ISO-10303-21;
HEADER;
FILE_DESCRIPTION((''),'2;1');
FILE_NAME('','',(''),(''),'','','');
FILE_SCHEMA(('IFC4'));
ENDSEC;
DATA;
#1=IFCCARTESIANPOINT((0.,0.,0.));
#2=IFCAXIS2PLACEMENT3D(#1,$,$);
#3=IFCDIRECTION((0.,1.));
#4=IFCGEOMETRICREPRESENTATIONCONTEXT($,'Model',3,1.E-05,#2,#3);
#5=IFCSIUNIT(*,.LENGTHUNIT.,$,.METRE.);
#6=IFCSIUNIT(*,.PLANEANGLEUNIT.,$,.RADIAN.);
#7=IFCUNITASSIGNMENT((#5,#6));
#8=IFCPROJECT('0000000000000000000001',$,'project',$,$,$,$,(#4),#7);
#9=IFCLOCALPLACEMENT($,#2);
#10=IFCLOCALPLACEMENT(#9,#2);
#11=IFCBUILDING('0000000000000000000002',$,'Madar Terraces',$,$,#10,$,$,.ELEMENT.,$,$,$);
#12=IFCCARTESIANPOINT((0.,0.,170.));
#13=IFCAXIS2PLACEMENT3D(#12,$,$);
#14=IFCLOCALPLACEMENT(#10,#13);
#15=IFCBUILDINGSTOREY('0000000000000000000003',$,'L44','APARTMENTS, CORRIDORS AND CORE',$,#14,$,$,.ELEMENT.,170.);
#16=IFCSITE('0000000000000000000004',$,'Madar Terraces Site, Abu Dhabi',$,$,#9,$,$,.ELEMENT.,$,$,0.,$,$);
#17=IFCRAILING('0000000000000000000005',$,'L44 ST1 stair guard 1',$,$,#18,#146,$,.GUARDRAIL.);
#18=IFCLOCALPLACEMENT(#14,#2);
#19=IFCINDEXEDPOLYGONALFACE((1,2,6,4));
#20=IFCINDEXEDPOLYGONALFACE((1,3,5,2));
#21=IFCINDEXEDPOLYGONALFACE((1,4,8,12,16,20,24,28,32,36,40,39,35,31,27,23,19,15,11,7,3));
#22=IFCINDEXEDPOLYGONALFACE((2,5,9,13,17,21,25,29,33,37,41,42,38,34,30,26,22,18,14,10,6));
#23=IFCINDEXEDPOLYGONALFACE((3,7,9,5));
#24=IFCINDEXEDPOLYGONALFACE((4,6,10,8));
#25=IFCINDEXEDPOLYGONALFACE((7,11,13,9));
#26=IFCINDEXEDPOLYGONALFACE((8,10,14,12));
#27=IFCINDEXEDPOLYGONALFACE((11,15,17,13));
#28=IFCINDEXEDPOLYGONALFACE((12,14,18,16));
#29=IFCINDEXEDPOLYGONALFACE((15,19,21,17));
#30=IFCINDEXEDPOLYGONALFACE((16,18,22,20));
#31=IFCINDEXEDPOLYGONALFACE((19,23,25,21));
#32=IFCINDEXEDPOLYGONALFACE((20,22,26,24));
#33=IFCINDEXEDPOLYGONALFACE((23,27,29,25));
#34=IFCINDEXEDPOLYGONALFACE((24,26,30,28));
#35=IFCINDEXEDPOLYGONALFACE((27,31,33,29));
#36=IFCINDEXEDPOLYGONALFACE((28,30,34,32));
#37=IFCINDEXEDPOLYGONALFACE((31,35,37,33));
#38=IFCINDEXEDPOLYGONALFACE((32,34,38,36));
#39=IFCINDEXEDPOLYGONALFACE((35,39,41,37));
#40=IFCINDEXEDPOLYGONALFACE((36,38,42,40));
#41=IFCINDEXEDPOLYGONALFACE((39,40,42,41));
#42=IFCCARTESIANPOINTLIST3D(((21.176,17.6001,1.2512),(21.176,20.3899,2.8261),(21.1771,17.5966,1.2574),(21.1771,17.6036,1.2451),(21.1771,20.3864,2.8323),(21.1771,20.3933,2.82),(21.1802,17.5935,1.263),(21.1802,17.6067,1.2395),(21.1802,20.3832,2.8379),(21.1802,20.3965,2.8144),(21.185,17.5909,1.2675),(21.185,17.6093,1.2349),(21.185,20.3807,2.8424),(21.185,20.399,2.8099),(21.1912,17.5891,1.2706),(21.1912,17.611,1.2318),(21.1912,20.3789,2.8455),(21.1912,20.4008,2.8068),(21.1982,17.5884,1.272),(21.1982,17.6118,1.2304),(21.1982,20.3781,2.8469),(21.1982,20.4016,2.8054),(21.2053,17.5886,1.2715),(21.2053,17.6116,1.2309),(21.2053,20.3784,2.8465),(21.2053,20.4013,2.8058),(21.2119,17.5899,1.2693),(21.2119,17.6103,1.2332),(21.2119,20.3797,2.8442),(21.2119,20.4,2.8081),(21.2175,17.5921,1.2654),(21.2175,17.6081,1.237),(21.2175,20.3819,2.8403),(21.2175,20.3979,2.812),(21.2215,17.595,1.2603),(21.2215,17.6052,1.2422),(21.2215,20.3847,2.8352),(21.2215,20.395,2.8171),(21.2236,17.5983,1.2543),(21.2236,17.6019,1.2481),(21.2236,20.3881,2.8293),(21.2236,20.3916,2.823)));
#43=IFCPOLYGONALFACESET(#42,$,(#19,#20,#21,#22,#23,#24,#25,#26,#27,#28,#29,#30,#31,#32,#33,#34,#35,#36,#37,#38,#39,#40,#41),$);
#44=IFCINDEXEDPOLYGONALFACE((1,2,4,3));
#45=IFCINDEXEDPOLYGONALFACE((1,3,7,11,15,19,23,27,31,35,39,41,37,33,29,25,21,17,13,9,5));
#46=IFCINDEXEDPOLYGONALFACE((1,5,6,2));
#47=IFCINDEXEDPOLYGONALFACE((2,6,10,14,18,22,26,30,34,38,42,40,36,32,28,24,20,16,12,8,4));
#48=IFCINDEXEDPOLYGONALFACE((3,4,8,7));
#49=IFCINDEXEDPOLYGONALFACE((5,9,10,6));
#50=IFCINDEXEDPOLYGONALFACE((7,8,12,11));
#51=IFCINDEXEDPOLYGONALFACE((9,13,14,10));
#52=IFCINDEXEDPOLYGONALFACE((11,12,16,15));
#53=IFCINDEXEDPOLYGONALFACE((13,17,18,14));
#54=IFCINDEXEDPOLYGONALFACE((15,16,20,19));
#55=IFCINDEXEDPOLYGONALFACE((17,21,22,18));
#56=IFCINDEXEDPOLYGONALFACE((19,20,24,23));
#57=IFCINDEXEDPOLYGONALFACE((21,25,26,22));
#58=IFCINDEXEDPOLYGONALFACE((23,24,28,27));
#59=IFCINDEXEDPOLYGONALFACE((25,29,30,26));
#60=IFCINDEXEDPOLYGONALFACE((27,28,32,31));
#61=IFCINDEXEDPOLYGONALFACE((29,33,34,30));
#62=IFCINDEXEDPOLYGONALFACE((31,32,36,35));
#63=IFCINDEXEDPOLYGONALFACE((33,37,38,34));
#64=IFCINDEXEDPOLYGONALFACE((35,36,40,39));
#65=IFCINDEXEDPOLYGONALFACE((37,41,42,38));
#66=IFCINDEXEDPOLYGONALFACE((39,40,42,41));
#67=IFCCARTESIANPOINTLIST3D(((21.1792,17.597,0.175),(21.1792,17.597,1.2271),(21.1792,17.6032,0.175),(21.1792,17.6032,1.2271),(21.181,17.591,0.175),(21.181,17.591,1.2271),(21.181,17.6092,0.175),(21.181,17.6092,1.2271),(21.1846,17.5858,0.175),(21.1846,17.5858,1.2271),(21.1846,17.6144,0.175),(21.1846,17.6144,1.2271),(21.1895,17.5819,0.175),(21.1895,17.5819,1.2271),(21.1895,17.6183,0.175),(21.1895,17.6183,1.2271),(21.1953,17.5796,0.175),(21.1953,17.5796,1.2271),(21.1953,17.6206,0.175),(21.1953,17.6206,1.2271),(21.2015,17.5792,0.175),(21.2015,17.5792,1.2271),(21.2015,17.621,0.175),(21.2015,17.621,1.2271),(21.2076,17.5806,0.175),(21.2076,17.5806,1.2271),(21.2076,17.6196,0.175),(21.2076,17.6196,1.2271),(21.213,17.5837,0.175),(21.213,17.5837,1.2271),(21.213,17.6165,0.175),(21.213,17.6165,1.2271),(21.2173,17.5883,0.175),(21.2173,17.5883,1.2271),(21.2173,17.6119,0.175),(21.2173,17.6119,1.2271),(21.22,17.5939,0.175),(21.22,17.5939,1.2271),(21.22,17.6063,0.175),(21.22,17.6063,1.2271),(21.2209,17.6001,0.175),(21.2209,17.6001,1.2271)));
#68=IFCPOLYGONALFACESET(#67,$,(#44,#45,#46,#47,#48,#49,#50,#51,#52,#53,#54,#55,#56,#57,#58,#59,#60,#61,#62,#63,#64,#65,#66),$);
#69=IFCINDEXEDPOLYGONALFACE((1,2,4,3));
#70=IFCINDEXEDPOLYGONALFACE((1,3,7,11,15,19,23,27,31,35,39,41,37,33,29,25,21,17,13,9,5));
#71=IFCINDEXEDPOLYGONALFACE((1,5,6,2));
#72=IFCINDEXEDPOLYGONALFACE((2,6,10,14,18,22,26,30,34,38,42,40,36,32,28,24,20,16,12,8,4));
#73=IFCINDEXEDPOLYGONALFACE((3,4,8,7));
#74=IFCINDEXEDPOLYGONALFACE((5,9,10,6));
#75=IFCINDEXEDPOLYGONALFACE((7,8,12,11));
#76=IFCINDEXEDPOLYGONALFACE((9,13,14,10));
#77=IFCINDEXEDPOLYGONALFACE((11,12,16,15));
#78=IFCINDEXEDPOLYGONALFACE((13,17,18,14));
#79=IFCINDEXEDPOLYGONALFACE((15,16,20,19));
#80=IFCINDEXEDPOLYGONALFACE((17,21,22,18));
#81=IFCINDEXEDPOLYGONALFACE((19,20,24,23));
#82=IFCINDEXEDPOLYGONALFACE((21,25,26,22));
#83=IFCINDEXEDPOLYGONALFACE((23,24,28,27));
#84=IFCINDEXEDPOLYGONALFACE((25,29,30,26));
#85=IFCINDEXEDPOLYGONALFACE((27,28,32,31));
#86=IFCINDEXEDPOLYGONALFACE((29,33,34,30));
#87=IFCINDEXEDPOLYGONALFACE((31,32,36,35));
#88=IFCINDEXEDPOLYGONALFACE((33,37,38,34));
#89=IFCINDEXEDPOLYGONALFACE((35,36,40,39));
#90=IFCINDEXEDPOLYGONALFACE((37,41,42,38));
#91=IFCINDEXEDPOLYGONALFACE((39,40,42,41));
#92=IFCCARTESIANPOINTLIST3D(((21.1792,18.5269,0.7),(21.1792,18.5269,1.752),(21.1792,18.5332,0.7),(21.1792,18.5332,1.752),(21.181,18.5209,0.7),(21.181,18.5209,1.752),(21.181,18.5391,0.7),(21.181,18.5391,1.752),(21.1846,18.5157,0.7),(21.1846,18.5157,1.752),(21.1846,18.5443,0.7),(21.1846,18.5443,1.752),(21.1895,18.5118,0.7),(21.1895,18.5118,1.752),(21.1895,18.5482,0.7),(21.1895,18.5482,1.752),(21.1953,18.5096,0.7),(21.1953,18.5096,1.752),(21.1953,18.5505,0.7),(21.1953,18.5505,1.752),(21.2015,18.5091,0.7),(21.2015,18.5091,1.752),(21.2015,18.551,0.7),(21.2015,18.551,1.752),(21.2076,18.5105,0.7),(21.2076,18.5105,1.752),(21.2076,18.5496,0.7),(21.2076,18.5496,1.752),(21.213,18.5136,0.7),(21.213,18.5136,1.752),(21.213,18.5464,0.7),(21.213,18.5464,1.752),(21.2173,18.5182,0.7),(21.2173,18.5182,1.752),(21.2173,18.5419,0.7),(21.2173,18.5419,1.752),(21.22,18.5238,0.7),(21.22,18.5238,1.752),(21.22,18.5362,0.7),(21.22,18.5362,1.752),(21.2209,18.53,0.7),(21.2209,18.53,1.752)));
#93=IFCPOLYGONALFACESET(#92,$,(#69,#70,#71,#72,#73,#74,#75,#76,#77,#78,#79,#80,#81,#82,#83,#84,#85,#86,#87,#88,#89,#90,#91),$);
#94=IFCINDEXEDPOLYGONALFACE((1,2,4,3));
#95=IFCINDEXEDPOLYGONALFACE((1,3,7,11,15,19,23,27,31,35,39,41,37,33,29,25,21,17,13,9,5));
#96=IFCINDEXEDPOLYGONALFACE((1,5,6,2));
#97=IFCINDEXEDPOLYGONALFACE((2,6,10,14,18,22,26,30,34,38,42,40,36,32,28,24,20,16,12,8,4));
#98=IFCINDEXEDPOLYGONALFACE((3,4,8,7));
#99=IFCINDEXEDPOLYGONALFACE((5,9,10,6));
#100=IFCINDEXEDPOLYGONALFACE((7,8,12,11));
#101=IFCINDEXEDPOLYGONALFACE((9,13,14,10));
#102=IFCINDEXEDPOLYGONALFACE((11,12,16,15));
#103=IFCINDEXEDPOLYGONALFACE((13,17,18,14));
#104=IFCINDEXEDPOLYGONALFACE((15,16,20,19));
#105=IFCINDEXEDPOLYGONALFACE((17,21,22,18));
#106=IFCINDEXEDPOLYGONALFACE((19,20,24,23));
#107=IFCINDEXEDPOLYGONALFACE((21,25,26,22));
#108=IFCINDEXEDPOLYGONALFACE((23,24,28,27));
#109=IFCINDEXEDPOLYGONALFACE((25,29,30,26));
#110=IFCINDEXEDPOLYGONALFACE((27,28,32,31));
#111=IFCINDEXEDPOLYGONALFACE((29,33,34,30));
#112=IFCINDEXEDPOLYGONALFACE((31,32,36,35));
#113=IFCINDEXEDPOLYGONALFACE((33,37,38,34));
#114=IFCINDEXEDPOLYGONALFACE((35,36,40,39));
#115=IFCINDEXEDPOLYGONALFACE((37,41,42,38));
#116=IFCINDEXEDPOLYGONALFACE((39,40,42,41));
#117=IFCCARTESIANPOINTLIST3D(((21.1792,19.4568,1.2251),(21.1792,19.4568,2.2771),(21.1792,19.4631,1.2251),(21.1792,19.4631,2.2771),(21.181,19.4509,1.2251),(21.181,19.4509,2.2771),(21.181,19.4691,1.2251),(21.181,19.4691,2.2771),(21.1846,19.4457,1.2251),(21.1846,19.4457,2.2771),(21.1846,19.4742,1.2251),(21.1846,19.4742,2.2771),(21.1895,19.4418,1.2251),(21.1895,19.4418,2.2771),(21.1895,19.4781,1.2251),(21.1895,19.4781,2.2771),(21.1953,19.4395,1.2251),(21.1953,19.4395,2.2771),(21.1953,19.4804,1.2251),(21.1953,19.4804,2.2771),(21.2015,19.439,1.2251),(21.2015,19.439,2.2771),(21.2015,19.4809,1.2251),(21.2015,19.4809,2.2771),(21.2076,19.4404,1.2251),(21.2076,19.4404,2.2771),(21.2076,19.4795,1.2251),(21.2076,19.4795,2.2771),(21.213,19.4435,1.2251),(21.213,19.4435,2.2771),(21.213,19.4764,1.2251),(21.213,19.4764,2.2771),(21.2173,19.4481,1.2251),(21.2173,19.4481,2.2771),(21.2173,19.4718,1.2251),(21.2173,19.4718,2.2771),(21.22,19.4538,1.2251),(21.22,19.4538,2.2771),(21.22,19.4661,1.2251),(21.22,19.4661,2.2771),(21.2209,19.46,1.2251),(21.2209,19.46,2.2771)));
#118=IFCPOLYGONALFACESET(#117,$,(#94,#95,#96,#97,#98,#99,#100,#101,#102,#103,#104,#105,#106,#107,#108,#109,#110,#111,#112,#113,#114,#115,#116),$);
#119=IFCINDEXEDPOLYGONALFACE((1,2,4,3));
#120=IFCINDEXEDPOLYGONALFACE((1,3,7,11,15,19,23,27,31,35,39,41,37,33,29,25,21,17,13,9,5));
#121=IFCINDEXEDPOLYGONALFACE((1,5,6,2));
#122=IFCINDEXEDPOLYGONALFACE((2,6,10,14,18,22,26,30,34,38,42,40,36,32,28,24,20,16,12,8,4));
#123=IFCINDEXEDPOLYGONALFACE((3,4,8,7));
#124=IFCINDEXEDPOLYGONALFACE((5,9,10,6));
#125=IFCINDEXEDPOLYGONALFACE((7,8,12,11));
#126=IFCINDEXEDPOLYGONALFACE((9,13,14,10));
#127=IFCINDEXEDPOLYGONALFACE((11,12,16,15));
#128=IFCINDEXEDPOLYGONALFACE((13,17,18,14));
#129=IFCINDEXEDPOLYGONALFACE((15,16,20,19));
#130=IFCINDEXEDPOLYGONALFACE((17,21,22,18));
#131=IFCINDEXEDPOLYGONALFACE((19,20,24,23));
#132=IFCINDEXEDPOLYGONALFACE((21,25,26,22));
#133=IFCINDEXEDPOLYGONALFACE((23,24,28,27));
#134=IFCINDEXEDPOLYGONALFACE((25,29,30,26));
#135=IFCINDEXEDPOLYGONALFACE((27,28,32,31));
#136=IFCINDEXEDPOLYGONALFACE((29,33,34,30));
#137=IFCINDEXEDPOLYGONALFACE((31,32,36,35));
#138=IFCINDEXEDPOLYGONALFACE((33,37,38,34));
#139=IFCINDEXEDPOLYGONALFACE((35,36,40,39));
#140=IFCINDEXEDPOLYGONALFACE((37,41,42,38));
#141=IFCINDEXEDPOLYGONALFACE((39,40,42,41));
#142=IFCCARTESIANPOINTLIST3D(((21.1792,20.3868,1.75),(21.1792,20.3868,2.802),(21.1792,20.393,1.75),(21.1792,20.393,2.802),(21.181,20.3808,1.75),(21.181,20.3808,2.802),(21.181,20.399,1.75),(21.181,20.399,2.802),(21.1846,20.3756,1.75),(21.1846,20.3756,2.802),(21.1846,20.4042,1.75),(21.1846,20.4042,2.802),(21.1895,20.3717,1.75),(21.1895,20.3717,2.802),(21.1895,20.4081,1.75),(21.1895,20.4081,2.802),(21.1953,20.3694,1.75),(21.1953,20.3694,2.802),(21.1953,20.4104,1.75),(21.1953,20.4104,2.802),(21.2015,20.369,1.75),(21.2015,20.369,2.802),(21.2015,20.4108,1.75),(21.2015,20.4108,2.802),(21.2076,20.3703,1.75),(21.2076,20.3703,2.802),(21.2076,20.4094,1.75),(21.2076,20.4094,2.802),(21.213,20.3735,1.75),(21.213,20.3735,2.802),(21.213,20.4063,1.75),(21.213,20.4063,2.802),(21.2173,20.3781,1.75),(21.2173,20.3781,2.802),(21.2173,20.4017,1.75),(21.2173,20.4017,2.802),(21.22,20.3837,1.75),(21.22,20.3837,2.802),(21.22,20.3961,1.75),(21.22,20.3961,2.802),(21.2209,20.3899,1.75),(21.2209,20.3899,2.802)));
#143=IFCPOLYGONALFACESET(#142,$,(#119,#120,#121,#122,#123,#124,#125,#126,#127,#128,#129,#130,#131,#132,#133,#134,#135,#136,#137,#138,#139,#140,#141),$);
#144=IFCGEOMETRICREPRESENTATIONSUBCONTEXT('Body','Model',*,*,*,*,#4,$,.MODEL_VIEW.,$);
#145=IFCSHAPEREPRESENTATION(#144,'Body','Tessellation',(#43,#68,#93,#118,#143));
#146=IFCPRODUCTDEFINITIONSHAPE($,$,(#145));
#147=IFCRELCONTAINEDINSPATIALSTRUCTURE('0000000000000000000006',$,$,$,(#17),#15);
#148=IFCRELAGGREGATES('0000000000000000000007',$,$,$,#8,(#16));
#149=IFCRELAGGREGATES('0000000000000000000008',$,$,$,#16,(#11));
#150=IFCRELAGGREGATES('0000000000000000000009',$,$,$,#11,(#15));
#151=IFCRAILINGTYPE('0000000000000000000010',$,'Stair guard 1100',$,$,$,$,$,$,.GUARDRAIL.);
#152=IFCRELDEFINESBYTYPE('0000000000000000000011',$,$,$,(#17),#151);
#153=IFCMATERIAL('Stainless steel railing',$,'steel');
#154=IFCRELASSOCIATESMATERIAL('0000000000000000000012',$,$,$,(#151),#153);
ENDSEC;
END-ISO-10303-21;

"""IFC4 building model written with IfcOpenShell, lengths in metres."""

from ifc_helpers import new_model, si_unit, direction, frame, origin, origin_2d, place, context, subcontext, project, spatial, circle, extrude, material, type_object, element, save


model = new_model("IFC4")

# Units and contexts
model_context = context("Model", 3, precision=1e-05, world=origin(), true_north=direction((0.0, 1.0)))
body_context = subcontext(model_context, "Body", "Model", "MODEL_VIEW")
ifc_project = project(units=[si_unit("LENGTHUNIT", "METRE"), si_unit("PLANEANGLEUNIT", "RADIAN")], contexts=[model_context])

# Site, building, storey
site_placement = place(None, origin())
site = spatial("IfcSite", under=ifc_project, at=site_placement, Name="Madar Terraces Site, Abu Dhabi", CompositionType="ELEMENT", RefElevation=0.0)
building_placement = place(site_placement, origin())
building = spatial("IfcBuilding", under=site, at=building_placement, Name="Madar Terraces", CompositionType="ELEMENT")
storey_placement = place(building_placement, frame((0.0, 0.0, 170.0)))
storey = spatial("IfcBuildingStorey", under=building, at=storey_placement, Name="L44", Description="APARTMENTS, CORRIDORS AND CORE", CompositionType="ELEMENT", Elevation=170.0)

# Railing
ifc_material_1 = material(Name="Stainless steel railing", Category="steel")
railing_type_1 = type_object("IfcRailingType", Name="Stair guard 1100", PredefinedType="GUARDRAIL", material=ifc_material_1)
railing_1_placement = place(storey_placement, frame((21.2, 17.6001, 0.175)))
element("IfcRailing", 1, at=railing_1_placement, inside=storey, type_object=railing_type_1, Name="L44 ST1 stair guard 1", PredefinedType="GUARDRAIL", context=body_context, shape_type="SweptSolid", body=[
    extrude(circle(Radius=0.0239, at=origin_2d()), frame((0.0, 0.0, 1.0762), z_axis=(0.0, 0.870815, 0.49161), x_axis=(-1.0, 0.0, 0.0)), (0.0, 0.0, 1.0), 3.2036),
    extrude(circle(Radius=0.021, at=origin_2d()), origin(), (0.0, 0.0, 1.0), 1.052),
    extrude(circle(Radius=0.021, at=origin_2d()), frame((0.0, 0.9299, 0.5249)), (0.0, 0.0, 1.0), 1.052),
    extrude(circle(Radius=0.021, at=origin_2d()), frame((0.0, 1.8599, 1.05)), (0.0, 0.0, 1.0), 1.052),
    extrude(circle(Radius=0.021, at=origin_2d()), frame((0.0, 2.7898, 1.575)), (0.0, 0.0, 1.0), 1.052),
])

save(model, "model.ifc")
